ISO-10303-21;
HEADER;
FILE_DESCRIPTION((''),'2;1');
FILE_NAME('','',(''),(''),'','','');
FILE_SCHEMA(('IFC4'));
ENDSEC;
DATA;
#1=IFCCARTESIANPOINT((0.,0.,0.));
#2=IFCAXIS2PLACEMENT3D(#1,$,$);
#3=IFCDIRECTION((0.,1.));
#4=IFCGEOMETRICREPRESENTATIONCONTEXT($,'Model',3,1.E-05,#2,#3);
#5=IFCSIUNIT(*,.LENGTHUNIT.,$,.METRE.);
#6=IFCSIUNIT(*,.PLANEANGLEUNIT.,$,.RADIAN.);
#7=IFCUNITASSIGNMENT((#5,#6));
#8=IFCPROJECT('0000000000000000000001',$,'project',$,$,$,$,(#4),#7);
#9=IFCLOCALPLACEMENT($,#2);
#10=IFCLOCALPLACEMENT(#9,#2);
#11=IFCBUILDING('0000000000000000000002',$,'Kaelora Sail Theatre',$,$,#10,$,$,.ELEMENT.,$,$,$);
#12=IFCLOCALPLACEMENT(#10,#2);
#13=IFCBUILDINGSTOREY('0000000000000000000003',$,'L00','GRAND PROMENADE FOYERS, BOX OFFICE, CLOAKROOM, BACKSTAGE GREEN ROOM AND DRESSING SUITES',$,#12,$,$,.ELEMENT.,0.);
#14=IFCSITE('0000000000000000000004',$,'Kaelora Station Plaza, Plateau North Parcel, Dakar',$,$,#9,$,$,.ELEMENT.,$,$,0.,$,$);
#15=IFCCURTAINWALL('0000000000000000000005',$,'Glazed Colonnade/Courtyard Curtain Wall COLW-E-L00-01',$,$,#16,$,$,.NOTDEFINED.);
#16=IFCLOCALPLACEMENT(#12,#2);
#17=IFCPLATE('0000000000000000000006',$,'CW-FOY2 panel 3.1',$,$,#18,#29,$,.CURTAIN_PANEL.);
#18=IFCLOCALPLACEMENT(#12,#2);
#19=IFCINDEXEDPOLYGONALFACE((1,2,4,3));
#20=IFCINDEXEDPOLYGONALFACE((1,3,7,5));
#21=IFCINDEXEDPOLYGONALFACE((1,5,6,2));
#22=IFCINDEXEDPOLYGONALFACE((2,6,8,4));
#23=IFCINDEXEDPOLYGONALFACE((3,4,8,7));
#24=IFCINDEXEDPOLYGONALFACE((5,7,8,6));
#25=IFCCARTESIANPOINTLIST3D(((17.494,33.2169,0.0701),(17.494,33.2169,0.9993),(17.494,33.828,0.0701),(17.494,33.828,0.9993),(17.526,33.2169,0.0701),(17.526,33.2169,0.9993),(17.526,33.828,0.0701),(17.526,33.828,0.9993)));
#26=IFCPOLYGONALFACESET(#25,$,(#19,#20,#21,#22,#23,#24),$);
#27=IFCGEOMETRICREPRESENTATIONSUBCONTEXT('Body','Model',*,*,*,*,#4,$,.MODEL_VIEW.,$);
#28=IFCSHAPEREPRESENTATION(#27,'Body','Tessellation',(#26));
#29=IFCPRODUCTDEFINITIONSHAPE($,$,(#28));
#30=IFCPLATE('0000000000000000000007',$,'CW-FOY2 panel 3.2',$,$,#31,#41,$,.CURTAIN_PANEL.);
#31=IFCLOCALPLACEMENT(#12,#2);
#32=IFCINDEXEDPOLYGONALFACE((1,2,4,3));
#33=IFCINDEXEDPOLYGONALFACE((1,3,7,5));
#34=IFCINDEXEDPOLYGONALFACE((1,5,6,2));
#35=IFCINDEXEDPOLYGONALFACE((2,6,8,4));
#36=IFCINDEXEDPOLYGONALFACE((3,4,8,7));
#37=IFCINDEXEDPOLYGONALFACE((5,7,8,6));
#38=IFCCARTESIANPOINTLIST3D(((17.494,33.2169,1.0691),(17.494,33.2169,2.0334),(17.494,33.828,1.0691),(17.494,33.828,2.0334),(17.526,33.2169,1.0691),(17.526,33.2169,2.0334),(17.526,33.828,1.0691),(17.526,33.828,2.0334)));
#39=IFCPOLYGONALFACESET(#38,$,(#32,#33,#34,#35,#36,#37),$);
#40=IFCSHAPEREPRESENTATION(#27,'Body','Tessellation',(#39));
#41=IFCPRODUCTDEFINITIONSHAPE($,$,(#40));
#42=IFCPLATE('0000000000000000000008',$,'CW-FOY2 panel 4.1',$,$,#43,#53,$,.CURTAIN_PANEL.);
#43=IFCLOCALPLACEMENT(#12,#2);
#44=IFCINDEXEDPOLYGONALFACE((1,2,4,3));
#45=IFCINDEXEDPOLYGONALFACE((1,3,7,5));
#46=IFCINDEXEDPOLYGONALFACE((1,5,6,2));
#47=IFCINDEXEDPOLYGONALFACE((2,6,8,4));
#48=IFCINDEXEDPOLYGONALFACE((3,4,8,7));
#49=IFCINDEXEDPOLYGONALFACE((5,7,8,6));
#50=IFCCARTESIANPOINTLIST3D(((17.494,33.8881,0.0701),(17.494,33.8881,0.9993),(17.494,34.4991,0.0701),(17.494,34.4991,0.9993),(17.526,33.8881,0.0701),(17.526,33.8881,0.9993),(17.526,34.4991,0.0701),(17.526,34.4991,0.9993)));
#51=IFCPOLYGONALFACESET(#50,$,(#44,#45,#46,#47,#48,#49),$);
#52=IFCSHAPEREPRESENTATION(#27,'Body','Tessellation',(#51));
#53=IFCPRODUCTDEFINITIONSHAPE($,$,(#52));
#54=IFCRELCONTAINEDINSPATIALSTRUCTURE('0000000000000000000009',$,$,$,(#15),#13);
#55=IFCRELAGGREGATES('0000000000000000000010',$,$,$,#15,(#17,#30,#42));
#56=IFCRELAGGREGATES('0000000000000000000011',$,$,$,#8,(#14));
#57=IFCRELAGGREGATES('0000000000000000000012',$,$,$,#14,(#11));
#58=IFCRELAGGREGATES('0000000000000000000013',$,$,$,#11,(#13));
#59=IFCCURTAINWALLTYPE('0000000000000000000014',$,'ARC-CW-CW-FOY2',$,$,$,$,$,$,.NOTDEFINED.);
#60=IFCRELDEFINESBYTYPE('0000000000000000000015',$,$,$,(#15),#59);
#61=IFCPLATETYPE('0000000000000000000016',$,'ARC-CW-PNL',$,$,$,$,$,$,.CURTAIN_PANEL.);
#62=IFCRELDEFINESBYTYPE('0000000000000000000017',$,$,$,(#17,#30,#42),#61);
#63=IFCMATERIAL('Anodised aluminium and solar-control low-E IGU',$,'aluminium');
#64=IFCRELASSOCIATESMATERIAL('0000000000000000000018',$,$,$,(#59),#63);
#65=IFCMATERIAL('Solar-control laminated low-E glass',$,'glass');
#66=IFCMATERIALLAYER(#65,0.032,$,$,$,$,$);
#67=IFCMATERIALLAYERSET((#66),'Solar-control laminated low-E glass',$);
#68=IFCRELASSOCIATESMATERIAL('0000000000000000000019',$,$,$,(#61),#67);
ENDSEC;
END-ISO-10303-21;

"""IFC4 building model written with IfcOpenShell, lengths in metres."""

from ifc_helpers import new_model, si_unit, direction, frame, origin, origin_2d, place, context, subcontext, project, spatial, rectangle, extrude, material, layer, layer_set, type_object, element, aggregate, save


model = new_model("IFC4")

# Units and contexts
model_context = context("Model", 3, precision=1e-05, world=origin(), true_north=direction((0.0, 1.0)))
body_context = subcontext(model_context, "Body", "Model", "MODEL_VIEW")
ifc_project = project(units=[si_unit("LENGTHUNIT", "METRE"), si_unit("PLANEANGLEUNIT", "RADIAN")], contexts=[model_context])

# Site, building, storey
site_placement = place(None, origin())
site = spatial("IfcSite", under=ifc_project, at=site_placement, Name="Kaelora Station Plaza, Plateau North Parcel, Dakar", CompositionType="ELEMENT", RefElevation=0.0)
building_placement = place(site_placement, origin())
building = spatial("IfcBuilding", under=site, at=building_placement, Name="Kaelora Sail Theatre", CompositionType="ELEMENT")
storey_placement = place(building_placement, origin())
storey = spatial("IfcBuildingStorey", under=building, at=storey_placement, Name="L00", Description="GRAND PROMENADE FOYERS, BOX OFFICE, CLOAKROOM, BACKSTAGE GREEN ROOM AND DRESSING SUITES", CompositionType="ELEMENT", Elevation=0.0)

# Curtain wall, plates
ifc_material_1 = material(Name="Anodised aluminium and solar-control low-E IGU", Category="aluminium")
curtain_wall_type = type_object("IfcCurtainWallType", Name="ARC-CW-CW-FOY2", PredefinedType="NOTDEFINED", material=ifc_material_1)
curtain_wall_placement = place(storey_placement, origin())
curtain_wall = element("IfcCurtainWall", 1, at=curtain_wall_placement, inside=storey, type_object=curtain_wall_type, Name="Glazed Colonnade/Courtyard Curtain Wall COLW-E-L00-01", PredefinedType="NOTDEFINED")
ifc_material_2 = material(Name="Solar-control laminated low-E glass", Category="glass")
ifc_layer = layer(ifc_material_2, 0.032)
ifc_layer_set = layer_set([ifc_layer], Name="Solar-control laminated low-E glass")
plate_type = type_object("IfcPlateType", Name="ARC-CW-PNL", PredefinedType="CURTAIN_PANEL", material=ifc_layer_set)
plate_1_placement = place(storey_placement, frame((17.51, 33.5225, 0.0701), z_axis=(0.0, 0.0, 1.0), x_axis=(0.0, 1.0, 0.0)))
plate_1 = element("IfcPlate", 2, at=plate_1_placement, type_object=plate_type, Name="CW-FOY2 panel 3.1", PredefinedType="CURTAIN_PANEL", context=body_context, shape_type="SweptSolid", body=[
    extrude(rectangle(XDim=0.6111, YDim=0.032, at=origin_2d()), origin(), (0.0, 0.0, 1.0), 0.9292),
])
plate_2_placement = place(storey_placement, frame((17.51, 33.5225, 1.0691), z_axis=(0.0, 0.0, 1.0), x_axis=(0.0, 1.0, 0.0)))
plate_2 = element("IfcPlate", 3, at=plate_2_placement, type_object=plate_type, Name="CW-FOY2 panel 3.2", PredefinedType="CURTAIN_PANEL", context=body_context, shape_type="SweptSolid", body=[
    extrude(rectangle(XDim=0.6111, YDim=0.032, at=origin_2d()), origin(), (0.0, 0.0, 1.0), 0.9644),
])
plate_3_placement = place(storey_placement, frame((17.51, 34.1936, 0.0701), z_axis=(0.0, 0.0, 1.0), x_axis=(0.0, 1.0, 0.0)))
plate_3 = element("IfcPlate", 4, at=plate_3_placement, type_object=plate_type, Name="CW-FOY2 panel 4.1", PredefinedType="CURTAIN_PANEL", context=body_context, shape_type="SweptSolid", body=[
    extrude(rectangle(XDim=0.6111, YDim=0.032, at=origin_2d()), origin(), (0.0, 0.0, 1.0), 0.9292),
])
aggregate(curtain_wall, [plate_1, plate_2, plate_3])

save(model, "model.ifc")
